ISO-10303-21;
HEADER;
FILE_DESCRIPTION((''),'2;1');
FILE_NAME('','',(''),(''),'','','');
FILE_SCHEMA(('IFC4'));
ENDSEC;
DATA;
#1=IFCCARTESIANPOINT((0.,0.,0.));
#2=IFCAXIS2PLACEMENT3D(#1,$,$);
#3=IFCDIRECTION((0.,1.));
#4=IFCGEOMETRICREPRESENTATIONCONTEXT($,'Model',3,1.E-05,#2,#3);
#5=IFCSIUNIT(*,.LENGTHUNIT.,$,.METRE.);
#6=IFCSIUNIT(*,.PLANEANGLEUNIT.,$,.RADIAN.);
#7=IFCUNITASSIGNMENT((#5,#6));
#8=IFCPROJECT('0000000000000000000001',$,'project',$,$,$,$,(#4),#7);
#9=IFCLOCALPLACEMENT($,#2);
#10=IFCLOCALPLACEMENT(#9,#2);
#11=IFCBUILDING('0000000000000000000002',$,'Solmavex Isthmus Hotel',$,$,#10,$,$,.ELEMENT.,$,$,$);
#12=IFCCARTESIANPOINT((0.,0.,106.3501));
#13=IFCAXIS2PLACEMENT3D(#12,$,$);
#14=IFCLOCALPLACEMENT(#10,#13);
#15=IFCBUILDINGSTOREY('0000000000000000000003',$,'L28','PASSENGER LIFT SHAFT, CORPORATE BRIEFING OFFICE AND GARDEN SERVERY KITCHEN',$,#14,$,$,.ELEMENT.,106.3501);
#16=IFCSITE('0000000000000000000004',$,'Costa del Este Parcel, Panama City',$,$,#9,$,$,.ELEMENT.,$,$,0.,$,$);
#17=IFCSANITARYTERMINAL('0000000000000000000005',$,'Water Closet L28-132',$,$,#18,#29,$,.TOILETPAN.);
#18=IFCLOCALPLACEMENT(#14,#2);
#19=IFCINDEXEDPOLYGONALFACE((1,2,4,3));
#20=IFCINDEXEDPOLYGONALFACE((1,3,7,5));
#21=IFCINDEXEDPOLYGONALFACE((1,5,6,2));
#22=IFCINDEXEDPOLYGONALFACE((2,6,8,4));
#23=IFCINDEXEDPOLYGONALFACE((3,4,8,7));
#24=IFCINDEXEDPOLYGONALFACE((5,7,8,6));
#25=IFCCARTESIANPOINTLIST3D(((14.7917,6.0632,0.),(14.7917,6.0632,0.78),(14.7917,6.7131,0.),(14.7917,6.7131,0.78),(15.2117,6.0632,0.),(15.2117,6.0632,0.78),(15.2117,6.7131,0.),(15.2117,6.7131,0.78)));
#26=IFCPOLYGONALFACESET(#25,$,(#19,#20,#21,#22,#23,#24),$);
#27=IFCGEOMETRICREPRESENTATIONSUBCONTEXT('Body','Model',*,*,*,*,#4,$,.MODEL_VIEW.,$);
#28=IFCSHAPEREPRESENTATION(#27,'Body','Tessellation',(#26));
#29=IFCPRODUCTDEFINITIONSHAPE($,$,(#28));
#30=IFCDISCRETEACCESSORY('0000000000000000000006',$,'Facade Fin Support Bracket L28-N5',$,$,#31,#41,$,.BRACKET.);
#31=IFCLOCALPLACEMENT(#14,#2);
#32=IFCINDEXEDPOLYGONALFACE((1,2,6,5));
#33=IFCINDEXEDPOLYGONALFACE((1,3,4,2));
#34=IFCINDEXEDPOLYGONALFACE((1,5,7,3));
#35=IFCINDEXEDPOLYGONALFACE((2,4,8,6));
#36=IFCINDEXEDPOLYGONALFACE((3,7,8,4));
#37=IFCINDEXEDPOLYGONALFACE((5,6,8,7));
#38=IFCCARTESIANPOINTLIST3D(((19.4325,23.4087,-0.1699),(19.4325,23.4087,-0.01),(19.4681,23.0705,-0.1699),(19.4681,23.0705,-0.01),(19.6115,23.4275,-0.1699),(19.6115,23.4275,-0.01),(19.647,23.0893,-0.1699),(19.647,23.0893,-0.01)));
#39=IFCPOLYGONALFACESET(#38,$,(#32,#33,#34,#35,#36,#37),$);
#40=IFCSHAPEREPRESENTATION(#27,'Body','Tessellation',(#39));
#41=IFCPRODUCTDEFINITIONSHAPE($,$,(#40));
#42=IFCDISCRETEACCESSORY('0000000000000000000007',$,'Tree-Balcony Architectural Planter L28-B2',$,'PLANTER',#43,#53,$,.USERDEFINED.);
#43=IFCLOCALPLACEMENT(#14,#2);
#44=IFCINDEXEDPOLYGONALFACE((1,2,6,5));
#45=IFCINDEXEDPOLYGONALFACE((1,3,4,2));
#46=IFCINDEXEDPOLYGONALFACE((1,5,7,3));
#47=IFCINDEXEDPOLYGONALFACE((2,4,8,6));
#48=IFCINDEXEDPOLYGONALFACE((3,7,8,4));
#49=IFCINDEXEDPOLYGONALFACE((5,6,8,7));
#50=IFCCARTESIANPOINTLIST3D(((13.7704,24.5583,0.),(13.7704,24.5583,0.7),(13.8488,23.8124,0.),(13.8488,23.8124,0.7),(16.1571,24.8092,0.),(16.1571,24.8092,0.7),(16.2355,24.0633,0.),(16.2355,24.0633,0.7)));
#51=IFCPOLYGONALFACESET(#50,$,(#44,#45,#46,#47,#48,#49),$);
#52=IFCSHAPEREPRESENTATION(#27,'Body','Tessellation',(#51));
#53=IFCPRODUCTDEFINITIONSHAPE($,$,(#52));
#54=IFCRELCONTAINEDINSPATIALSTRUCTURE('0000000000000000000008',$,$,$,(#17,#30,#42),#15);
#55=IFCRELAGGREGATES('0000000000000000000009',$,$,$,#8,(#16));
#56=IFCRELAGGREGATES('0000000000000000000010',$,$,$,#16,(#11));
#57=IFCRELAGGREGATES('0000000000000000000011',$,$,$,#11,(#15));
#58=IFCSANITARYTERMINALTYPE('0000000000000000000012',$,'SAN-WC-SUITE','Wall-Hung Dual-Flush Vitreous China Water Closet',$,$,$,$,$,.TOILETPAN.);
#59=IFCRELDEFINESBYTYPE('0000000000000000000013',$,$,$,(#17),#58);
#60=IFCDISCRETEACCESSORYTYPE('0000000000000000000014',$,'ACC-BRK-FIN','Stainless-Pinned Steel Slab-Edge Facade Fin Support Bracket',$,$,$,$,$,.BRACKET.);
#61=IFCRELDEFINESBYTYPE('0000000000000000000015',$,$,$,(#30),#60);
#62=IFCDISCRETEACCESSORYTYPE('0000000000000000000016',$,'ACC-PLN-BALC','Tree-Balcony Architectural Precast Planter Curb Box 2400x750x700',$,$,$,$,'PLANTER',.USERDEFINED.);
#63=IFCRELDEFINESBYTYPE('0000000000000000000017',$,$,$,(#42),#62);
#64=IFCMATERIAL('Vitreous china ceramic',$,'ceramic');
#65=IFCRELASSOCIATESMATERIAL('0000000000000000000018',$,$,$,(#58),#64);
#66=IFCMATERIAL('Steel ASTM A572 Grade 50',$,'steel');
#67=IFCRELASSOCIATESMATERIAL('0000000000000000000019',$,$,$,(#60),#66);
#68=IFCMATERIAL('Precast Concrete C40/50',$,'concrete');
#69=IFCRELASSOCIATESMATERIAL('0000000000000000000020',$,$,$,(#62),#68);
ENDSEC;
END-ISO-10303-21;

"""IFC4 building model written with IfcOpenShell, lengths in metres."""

from ifc_helpers import new_model, si_unit, direction, frame, origin, origin_2d, place, context, subcontext, project, spatial, rectangle, extrude, material, type_object, element, save


model = new_model("IFC4")

# Units and contexts
model_context = context("Model", 3, precision=1e-05, world=origin(), true_north=direction((0.0, 1.0)))
body_context = subcontext(model_context, "Body", "Model", "MODEL_VIEW")
ifc_project = project(units=[si_unit("LENGTHUNIT", "METRE"), si_unit("PLANEANGLEUNIT", "RADIAN")], contexts=[model_context])

# Site, building, storey
site_placement = place(None, origin())
site = spatial("IfcSite", under=ifc_project, at=site_placement, Name="Costa del Este Parcel, Panama City", CompositionType="ELEMENT", RefElevation=0.0)
building_placement = place(site_placement, origin())
building = spatial("IfcBuilding", under=site, at=building_placement, Name="Solmavex Isthmus Hotel", CompositionType="ELEMENT")
storey_placement = place(building_placement, frame((0.0, 0.0, 106.3501)))
storey = spatial("IfcBuildingStorey", under=building, at=storey_placement, Name="L28", Description="PASSENGER LIFT SHAFT, CORPORATE BRIEFING OFFICE AND GARDEN SERVERY KITCHEN", CompositionType="ELEMENT", Elevation=106.3501)

# Shared definitions
ifc_material_1 = material(Name="Precast Concrete C40/50", Category="concrete")

# Sanitary terminal
ifc_material_2 = material(Name="Vitreous china ceramic", Category="ceramic")
sanitary_terminal_type_1 = type_object("IfcSanitaryTerminalType", Name="SAN-WC-SUITE", Description="Wall-Hung Dual-Flush Vitreous China Water Closet", PredefinedType="TOILETPAN", material=ifc_material_2)
for number, where, z_axis, x_axis, name in (
    (1, (15.0017, 6.3882, 0.0), (0.0, 0.0, 1.0), (1.0, 0.0, 0.0), "Water Closet L28-132"),
):
    element("IfcSanitaryTerminal", number, at=place(storey_placement, frame(where, z_axis=z_axis, x_axis=x_axis)), inside=storey, type_object=sanitary_terminal_type_1, Name=name, PredefinedType="TOILETPAN", context=body_context, shape_type="SweptSolid", body=[
        extrude(rectangle(XDim=0.4199, YDim=0.6499, at=origin_2d()), origin(), (0.0, 0.0, 1.0), 0.78),
    ])

# Discrete accessories
ifc_material_3 = material(Name="Steel ASTM A572 Grade 50", Category="steel")
discrete_accessory_type_1 = type_object("IfcDiscreteAccessoryType", Name="ACC-BRK-FIN", Description="Stainless-Pinned Steel Slab-Edge Facade Fin Support Bracket", PredefinedType="BRACKET", material=ifc_material_3)
discrete_accessory_1_placement = place(storey_placement, frame((19.5398, 23.249, -0.1699), z_axis=(0.0, 0.0, 1.0), x_axis=(-0.104528, 0.994522, 0.0)))
element("IfcDiscreteAccessory", 2, at=discrete_accessory_1_placement, inside=storey, type_object=discrete_accessory_type_1, Name="Facade Fin Support Bracket L28-N5", PredefinedType="BRACKET", context=body_context, shape_type="SweptSolid", body=[
    extrude(rectangle(XDim=0.3401, YDim=0.1799, at=origin_2d()), origin(), (0.0, 0.0, 1.0), 0.1599),
])
discrete_accessory_type_2 = type_object("IfcDiscreteAccessoryType", Name="ACC-PLN-BALC", Description="Tree-Balcony Architectural Precast Planter Curb Box 2400x750x700", ElementType="PLANTER", PredefinedType="USERDEFINED", material=ifc_material_1)
discrete_accessory_2_placement = place(storey_placement, frame((15.0029, 24.3108, 0.0), z_axis=(0.0, 0.0, 1.0), x_axis=(0.994522, 0.104528, 0.0)))
element("IfcDiscreteAccessory", 3, at=discrete_accessory_2_placement, inside=storey, type_object=discrete_accessory_type_2, Name="Tree-Balcony Architectural Planter L28-B2", ObjectType="PLANTER", PredefinedType="USERDEFINED", context=body_context, shape_type="SweptSolid", body=[
    extrude(rectangle(XDim=2.3999, YDim=0.75, at=origin_2d()), origin(), (0.0, 0.0, 1.0), 0.7),
])

save(model, "model.ifc")
